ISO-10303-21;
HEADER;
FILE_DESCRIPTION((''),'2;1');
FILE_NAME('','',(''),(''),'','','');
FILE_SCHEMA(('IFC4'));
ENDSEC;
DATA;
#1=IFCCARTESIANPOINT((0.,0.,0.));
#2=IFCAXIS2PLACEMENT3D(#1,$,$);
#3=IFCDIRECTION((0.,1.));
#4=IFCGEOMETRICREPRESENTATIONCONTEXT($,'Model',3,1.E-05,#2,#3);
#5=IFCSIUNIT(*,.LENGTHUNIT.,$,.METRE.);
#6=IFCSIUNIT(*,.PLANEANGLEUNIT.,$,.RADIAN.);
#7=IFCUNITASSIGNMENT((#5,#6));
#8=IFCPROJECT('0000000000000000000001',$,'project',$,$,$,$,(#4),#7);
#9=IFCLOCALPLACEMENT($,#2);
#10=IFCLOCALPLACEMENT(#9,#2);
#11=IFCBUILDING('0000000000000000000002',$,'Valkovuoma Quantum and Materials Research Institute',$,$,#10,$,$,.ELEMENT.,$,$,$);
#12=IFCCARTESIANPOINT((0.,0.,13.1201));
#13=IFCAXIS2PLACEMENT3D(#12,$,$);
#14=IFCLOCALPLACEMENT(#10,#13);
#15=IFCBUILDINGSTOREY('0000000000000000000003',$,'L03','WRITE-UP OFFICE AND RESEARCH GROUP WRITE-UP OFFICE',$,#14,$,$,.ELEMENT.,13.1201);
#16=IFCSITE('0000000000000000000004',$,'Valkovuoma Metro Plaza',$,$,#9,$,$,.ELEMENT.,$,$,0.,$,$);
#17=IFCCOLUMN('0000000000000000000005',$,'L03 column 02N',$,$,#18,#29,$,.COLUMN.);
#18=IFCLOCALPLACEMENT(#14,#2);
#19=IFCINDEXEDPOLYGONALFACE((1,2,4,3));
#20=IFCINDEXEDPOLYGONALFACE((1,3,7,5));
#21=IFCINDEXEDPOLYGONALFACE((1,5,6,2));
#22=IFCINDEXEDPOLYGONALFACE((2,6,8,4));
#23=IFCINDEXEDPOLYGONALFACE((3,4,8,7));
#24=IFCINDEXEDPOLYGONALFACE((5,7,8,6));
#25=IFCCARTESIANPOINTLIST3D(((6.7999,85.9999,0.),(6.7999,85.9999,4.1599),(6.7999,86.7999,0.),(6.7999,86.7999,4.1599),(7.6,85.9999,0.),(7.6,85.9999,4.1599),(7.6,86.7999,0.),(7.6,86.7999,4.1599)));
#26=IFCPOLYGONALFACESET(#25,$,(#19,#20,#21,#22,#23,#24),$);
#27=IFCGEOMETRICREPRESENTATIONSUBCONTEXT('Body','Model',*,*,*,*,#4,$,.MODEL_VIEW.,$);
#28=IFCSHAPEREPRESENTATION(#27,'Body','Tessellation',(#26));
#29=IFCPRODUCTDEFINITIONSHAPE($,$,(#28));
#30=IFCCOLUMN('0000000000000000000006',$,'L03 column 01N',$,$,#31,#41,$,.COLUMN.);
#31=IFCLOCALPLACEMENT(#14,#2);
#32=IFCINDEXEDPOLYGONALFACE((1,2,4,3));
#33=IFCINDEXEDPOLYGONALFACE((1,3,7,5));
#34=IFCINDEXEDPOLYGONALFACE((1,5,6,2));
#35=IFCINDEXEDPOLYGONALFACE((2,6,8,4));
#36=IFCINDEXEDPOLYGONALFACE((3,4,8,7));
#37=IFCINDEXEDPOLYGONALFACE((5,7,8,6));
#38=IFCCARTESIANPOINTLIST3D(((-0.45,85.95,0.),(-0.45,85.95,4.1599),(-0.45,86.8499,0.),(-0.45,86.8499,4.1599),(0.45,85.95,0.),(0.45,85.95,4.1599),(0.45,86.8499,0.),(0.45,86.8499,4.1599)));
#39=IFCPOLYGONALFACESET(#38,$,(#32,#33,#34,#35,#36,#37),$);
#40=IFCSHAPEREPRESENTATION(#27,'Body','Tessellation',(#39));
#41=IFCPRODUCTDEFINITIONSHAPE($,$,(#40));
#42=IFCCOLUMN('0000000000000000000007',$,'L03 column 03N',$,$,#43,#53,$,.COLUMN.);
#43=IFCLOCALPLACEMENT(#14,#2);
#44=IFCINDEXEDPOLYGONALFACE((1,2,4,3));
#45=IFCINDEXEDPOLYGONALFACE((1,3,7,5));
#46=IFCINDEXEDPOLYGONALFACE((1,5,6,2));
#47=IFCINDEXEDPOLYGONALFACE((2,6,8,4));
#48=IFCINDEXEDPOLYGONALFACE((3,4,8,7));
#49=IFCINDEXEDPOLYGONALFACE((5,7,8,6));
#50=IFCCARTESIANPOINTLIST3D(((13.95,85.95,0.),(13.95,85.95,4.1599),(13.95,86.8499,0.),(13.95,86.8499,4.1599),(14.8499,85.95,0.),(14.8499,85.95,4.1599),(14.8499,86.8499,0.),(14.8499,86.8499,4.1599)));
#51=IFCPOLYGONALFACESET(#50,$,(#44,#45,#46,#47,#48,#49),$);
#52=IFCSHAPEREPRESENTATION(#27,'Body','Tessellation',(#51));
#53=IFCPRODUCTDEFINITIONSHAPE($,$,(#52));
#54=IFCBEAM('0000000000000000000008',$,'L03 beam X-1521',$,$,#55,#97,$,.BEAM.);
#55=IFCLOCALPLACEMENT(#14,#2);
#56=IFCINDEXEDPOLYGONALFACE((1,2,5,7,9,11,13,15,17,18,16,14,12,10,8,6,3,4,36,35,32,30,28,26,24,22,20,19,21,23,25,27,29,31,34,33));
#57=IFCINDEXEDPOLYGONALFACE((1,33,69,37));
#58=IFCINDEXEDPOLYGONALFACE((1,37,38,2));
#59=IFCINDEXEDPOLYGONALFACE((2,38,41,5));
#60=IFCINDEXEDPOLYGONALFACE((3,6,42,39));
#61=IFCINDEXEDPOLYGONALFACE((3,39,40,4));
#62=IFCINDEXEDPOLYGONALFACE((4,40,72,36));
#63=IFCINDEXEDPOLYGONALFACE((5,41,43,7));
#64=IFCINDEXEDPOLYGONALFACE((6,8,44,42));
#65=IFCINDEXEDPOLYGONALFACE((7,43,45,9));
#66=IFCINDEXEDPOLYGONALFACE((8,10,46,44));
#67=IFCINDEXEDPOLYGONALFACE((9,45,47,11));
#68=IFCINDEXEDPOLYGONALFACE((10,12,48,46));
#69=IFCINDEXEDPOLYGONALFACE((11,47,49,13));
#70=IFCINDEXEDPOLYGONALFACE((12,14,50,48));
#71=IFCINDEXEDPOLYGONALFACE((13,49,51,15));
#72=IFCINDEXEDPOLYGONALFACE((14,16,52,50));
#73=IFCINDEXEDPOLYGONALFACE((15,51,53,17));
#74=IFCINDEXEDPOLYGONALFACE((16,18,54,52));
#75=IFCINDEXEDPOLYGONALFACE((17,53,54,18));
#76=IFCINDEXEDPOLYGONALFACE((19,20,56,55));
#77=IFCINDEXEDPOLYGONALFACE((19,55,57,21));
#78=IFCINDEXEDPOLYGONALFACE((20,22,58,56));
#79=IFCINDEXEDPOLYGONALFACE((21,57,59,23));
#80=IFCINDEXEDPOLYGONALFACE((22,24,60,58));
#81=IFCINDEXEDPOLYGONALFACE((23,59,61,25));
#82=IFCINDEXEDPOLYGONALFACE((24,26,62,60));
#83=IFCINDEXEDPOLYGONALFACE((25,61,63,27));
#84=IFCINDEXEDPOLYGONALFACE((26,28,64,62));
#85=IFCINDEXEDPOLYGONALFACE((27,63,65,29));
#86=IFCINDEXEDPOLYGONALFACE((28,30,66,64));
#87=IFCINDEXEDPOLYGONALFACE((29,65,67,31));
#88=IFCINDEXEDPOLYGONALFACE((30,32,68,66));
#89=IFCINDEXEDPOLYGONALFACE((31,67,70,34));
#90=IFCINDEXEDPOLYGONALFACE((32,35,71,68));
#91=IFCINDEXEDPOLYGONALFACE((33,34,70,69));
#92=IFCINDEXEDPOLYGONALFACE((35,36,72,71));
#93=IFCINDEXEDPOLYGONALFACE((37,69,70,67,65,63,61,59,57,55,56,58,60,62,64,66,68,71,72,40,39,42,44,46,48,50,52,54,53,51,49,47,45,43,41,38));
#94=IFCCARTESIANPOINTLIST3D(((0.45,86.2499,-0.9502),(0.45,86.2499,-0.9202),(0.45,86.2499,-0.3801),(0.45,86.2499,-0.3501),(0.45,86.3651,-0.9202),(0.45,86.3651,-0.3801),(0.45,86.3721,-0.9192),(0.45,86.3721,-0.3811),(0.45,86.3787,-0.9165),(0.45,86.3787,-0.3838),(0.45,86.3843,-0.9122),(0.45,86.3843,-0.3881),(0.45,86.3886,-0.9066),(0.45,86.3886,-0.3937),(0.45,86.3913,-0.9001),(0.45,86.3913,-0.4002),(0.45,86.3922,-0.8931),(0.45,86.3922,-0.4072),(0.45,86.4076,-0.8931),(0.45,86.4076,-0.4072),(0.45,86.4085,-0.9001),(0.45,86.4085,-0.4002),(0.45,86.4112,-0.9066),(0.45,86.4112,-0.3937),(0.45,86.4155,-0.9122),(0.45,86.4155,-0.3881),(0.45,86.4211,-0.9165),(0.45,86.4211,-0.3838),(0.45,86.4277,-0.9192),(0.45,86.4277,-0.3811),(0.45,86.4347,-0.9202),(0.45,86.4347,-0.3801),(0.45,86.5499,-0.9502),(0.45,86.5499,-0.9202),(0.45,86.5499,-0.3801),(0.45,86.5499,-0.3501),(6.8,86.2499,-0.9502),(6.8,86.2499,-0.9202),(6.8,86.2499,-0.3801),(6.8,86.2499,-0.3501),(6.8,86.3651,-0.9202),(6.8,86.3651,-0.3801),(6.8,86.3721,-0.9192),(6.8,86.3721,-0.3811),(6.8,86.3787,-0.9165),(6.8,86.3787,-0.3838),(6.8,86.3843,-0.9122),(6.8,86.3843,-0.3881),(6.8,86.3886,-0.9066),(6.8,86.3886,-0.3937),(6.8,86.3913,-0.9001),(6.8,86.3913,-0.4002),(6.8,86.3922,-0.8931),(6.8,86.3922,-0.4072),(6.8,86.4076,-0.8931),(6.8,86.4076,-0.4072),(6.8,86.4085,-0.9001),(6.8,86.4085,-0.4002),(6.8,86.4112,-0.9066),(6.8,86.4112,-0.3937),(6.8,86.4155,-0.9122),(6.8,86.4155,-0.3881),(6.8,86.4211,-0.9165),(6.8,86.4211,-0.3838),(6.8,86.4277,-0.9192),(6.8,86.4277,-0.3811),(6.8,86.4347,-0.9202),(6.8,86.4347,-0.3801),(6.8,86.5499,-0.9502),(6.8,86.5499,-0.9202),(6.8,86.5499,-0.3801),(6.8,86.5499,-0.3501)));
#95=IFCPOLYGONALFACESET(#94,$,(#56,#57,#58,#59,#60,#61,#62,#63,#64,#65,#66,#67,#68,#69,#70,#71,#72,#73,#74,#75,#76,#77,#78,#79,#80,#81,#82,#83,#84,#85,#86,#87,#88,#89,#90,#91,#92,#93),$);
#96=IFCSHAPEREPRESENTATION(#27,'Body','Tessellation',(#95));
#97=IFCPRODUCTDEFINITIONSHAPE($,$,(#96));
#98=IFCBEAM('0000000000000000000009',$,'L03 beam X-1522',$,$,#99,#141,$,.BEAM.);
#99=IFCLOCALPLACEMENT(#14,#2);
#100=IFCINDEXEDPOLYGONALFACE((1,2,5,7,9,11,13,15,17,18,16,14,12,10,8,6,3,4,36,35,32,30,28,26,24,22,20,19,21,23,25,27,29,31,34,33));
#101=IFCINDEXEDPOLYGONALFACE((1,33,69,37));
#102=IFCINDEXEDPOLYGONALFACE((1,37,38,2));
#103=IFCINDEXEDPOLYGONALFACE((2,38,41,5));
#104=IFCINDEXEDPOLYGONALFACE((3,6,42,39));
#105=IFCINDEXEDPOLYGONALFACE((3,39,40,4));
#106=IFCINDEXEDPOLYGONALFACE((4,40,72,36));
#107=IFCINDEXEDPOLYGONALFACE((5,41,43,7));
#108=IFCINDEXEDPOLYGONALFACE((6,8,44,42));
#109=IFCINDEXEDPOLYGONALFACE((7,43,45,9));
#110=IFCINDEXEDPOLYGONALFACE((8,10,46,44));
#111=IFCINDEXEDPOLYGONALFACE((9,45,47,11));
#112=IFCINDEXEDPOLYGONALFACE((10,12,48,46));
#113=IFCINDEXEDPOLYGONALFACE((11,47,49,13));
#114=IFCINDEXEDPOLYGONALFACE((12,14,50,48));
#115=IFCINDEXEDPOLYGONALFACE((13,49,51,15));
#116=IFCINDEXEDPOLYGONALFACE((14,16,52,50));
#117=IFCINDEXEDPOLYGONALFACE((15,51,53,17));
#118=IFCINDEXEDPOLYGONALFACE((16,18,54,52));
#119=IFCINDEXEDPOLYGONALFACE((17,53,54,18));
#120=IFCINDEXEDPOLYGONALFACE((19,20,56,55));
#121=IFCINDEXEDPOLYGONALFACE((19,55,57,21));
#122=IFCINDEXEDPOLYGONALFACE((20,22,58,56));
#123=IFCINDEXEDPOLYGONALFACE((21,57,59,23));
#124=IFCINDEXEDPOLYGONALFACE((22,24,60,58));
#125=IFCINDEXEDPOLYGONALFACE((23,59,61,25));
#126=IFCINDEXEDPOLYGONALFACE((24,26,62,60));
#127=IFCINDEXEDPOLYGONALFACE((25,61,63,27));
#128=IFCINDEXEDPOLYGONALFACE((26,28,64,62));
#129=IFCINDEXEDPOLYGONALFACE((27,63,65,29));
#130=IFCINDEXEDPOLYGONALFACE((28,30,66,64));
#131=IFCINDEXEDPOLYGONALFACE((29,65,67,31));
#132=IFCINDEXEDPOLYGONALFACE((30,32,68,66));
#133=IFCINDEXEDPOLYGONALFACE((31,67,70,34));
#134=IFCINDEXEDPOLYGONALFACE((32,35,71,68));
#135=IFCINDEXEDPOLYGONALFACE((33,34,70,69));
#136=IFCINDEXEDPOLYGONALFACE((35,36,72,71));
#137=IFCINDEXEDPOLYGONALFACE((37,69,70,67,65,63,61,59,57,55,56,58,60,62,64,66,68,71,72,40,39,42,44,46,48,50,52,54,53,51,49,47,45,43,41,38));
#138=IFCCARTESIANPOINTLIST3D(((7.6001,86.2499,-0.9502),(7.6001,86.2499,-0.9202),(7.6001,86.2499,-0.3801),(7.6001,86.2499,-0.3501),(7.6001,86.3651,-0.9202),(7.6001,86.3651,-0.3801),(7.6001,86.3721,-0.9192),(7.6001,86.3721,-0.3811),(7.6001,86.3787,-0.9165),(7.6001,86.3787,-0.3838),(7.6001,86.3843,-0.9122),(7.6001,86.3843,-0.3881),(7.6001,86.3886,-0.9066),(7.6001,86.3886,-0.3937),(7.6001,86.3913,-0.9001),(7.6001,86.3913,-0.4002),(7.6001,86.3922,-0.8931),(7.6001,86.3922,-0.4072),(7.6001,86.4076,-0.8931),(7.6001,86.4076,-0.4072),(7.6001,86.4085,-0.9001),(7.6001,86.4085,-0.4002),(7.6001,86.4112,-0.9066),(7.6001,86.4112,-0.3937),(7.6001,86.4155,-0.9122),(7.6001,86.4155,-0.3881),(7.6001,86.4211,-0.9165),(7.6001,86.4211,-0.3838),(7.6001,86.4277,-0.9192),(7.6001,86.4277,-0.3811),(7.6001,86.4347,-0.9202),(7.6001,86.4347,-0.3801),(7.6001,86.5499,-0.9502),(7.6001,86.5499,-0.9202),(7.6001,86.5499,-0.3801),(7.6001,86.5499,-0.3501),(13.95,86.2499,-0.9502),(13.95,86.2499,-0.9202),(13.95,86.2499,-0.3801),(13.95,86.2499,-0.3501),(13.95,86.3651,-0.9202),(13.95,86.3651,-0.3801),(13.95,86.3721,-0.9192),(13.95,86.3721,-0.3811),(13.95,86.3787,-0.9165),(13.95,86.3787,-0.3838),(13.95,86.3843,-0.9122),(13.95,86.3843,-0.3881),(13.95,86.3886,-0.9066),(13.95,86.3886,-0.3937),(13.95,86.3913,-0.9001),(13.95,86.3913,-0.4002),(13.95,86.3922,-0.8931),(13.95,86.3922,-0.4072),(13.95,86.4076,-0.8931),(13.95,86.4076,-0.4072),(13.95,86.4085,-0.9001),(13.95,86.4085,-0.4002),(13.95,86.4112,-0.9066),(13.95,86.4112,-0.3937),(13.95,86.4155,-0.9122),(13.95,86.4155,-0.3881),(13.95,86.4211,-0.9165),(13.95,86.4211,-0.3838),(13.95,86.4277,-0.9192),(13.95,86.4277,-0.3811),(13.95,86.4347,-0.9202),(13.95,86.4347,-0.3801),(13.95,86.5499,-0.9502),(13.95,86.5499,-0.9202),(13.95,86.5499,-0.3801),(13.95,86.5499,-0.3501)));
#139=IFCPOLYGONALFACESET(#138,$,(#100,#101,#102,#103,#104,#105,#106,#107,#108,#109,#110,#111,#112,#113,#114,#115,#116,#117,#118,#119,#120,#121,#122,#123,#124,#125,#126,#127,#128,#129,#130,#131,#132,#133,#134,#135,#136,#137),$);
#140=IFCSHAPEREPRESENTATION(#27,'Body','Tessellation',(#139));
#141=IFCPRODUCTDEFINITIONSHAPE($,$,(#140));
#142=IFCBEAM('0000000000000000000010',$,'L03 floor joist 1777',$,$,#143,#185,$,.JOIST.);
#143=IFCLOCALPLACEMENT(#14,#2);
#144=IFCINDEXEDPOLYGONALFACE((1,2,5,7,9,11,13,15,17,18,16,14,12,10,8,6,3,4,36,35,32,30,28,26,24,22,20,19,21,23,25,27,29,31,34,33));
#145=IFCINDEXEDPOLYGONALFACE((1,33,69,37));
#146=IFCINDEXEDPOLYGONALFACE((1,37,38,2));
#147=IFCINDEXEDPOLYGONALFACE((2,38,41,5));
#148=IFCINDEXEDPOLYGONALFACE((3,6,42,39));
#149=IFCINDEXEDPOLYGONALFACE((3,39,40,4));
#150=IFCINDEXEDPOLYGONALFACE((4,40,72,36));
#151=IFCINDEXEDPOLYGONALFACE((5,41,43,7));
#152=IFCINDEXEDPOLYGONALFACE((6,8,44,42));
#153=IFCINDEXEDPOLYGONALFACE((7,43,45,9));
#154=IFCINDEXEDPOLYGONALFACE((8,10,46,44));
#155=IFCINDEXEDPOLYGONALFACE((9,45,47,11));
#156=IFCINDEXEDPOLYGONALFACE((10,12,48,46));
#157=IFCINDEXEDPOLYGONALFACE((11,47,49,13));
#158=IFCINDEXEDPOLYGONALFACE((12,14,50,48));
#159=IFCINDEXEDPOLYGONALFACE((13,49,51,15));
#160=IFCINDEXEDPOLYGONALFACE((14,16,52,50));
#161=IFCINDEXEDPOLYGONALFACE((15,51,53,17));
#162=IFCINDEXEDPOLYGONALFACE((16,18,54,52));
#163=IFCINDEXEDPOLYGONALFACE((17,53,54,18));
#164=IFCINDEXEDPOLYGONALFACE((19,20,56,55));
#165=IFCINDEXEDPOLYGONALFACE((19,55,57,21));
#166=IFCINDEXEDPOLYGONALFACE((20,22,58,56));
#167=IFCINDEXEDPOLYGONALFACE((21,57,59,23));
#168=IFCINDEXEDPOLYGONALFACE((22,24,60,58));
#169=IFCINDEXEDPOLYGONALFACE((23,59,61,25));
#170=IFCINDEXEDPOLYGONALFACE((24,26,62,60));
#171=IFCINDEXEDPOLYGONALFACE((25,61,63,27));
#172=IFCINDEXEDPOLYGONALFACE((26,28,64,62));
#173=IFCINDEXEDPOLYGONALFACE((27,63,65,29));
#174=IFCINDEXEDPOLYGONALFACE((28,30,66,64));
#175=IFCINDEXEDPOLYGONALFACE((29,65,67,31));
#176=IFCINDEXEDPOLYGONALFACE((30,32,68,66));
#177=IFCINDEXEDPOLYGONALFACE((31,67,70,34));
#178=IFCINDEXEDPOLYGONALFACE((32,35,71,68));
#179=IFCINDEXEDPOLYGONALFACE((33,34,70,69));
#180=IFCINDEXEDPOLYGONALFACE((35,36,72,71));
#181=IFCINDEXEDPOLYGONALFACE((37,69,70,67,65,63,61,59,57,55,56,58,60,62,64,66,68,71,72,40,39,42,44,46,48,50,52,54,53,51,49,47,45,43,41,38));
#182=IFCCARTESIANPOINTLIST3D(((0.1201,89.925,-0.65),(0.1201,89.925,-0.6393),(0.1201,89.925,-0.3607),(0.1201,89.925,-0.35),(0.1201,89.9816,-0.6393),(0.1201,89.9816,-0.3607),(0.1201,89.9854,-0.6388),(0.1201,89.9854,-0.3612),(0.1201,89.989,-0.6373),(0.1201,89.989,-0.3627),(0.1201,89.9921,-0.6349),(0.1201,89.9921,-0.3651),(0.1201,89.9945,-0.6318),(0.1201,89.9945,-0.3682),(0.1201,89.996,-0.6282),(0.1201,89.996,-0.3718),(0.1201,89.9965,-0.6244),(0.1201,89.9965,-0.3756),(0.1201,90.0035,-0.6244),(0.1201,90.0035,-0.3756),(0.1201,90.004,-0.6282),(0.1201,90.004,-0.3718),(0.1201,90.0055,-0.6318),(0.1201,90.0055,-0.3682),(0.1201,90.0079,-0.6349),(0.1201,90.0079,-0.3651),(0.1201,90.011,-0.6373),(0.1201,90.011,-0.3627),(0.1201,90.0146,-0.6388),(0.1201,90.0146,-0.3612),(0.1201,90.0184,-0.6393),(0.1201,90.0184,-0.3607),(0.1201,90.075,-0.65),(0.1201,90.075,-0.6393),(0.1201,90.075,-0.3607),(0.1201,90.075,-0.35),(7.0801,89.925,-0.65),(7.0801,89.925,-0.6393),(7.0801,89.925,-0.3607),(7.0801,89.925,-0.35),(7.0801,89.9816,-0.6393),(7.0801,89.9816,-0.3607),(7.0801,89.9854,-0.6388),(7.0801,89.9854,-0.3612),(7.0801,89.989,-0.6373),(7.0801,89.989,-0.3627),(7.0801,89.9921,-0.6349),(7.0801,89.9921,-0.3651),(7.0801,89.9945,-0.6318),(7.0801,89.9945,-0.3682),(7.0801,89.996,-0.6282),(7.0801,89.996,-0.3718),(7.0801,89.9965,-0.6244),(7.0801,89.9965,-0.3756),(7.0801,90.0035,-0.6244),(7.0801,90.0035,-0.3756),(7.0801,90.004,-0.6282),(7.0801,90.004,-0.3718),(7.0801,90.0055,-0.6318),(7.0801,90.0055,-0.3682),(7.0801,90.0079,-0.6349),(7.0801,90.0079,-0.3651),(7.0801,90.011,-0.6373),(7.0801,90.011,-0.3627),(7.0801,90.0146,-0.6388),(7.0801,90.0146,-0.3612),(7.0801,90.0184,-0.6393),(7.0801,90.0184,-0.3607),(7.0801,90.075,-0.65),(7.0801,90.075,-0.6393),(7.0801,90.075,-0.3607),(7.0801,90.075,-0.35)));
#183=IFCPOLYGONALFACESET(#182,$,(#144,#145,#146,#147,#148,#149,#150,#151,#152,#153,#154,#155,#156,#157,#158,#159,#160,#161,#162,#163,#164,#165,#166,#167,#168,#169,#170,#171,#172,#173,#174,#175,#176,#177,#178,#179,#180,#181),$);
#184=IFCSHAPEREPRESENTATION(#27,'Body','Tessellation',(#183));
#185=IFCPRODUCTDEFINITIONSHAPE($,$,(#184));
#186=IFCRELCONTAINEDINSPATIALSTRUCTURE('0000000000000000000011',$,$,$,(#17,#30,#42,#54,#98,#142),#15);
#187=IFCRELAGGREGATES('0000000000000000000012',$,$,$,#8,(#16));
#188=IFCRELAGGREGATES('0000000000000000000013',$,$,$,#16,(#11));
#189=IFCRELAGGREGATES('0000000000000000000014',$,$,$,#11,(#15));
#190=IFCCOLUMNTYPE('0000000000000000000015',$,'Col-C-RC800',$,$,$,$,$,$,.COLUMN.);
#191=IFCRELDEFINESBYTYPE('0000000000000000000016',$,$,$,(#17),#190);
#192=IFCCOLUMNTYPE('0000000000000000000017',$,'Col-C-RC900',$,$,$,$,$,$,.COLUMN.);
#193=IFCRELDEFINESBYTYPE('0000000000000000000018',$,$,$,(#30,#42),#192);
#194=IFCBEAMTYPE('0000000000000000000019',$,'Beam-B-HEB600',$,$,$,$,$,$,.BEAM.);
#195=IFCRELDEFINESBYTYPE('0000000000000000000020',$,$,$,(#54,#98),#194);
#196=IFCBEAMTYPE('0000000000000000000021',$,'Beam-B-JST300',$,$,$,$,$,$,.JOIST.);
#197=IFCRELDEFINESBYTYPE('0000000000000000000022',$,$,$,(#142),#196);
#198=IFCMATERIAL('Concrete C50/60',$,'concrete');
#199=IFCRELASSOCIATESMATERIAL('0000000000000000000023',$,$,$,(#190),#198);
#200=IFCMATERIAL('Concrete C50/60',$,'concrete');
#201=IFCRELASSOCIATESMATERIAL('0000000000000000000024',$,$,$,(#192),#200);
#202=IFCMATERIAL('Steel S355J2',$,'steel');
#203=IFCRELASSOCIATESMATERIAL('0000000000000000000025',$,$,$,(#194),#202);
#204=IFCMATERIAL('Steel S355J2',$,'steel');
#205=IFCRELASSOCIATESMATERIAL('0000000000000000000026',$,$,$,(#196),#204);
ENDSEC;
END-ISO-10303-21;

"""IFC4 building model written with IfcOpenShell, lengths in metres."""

from ifc_helpers import new_model, si_unit, direction, frame, origin, origin_2d, place, context, subcontext, project, spatial, rectangle, i_section, extrude, material, material_profile, profile_set, type_object, element, save


model = new_model("IFC4")

# Units and contexts
model_context = context("Model", 3, precision=1e-05, world=origin(), true_north=direction((0.0, 1.0)))
body_context = subcontext(model_context, "Body", "Model", "MODEL_VIEW")
ifc_project = project(units=[si_unit("LENGTHUNIT", "METRE"), si_unit("PLANEANGLEUNIT", "RADIAN")], contexts=[model_context])

# Site, building, storey
site_placement = place(None, origin())
site = spatial("IfcSite", under=ifc_project, at=site_placement, Name="Valkovuoma Metro Plaza", CompositionType="ELEMENT", RefElevation=0.0)
building_placement = place(site_placement, origin())
building = spatial("IfcBuilding", under=site, at=building_placement, Name="Valkovuoma Quantum and Materials Research Institute", CompositionType="ELEMENT")
storey_placement = place(building_placement, frame((0.0, 0.0, 13.1201)))
storey = spatial("IfcBuildingStorey", under=building, at=storey_placement, Name="L03", Description="WRITE-UP OFFICE AND RESEARCH GROUP WRITE-UP OFFICE", CompositionType="ELEMENT", Elevation=13.1201)

# Columns
ifc_material_1 = material(Name="Concrete C50/60", Category="concrete")
ifc_material_profile_1 = material_profile(ifc_material_1, rectangle(XDim=0.8, YDim=0.8, at=origin_2d()), Name="Concrete C50/60")
ifc_profile_set_1 = profile_set([ifc_material_profile_1], Name="Concrete C50/60")
column_type_1 = type_object("IfcColumnType", Name="Col-C-RC800", PredefinedType="COLUMN", material=ifc_profile_set_1)
column_placement = place(storey_placement, frame((7.2, 86.3999, 0.0), z_axis=(0.0, 0.0, 1.0), x_axis=(1.0, 0.0, 0.0)))
element("IfcColumn", 1, at=column_placement, inside=storey, type_object=column_type_1, Name="L03 column 02N", PredefinedType="COLUMN", context=body_context, shape_type="SweptSolid", body=[
    extrude(rectangle(XDim=0.8, YDim=0.8, at=origin_2d()), origin(), (0.0, 0.0, 1.0), 4.1599),
])
ifc_material_2 = material(Name="Concrete C50/60", Category="concrete")
ifc_material_profile_2 = material_profile(ifc_material_2, rectangle(XDim=0.8999, YDim=0.8999, at=origin_2d()), Name="Concrete C50/60")
ifc_profile_set_2 = profile_set([ifc_material_profile_2], Name="Concrete C50/60")
column_type_2 = type_object("IfcColumnType", Name="Col-C-RC900", PredefinedType="COLUMN", material=ifc_profile_set_2)
for number, where, z_axis, x_axis, name in (
    (2, (0.0, 86.3999, 0.0), (0.0, 0.0, 1.0), (1.0, 0.0, 0.0), "L03 column 01N"),
    (3, (14.3999, 86.3999, 0.0), (0.0, 0.0, 1.0), (1.0, 0.0, 0.0), "L03 column 03N"),
):
    element("IfcColumn", number, at=place(storey_placement, frame(where, z_axis=z_axis, x_axis=x_axis)), inside=storey, type_object=column_type_2, Name=name, PredefinedType="COLUMN", context=body_context, shape_type="SweptSolid", body=[
        extrude(rectangle(XDim=0.8999, YDim=0.8999, at=origin_2d()), origin(), (0.0, 0.0, 1.0), 4.1599),
    ])

# Beams
ifc_material_3 = material(Name="Steel S355J2", Category="steel")
ifc_material_profile_3 = material_profile(ifc_material_3, i_section(OverallWidth=0.3, OverallDepth=0.6001, WebThickness=0.0154, FlangeThickness=0.03, FilletRadius=0.0271, at=origin_2d()), Name="Steel S355J2")
ifc_profile_set_3 = profile_set([ifc_material_profile_3], Name="Steel S355J2")
beam_type_1 = type_object("IfcBeamType", Name="Beam-B-HEB600", PredefinedType="BEAM", material=ifc_profile_set_3)
beam_1_placement = place(storey_placement, frame((0.45, 86.3999, -0.6501), z_axis=(1.0, 0.0, 0.0), x_axis=(0.0, 1.0, 0.0)))
element("IfcBeam", 4, at=beam_1_placement, inside=storey, type_object=beam_type_1, Name="L03 beam X-1521", PredefinedType="BEAM", context=body_context, shape_type="SweptSolid", body=[
    extrude(i_section(OverallWidth=0.3, OverallDepth=0.6001, WebThickness=0.0154, FlangeThickness=0.03, FilletRadius=0.0271, at=origin_2d()), origin(), (0.0, 0.0, 1.0), 6.3501),
])
beam_2_placement = place(storey_placement, frame((7.6001, 86.3999, -0.6501), z_axis=(1.0, 0.0, 0.0), x_axis=(0.0, 1.0, 0.0)))
element("IfcBeam", 5, at=beam_2_placement, inside=storey, type_object=beam_type_1, Name="L03 beam X-1522", PredefinedType="BEAM", context=body_context, shape_type="SweptSolid", body=[
    extrude(i_section(OverallWidth=0.3, OverallDepth=0.6001, WebThickness=0.0154, FlangeThickness=0.03, FilletRadius=0.0271, at=origin_2d()), origin(), (0.0, 0.0, 1.0), 6.3499),
])
ifc_material_4 = material(Name="Steel S355J2", Category="steel")
ifc_material_profile_4 = material_profile(ifc_material_4, i_section(OverallWidth=0.1499, OverallDepth=0.3, WebThickness=0.0071, FlangeThickness=0.0107, FilletRadius=0.0149, at=origin_2d()), Name="Steel S355J2")
ifc_profile_set_4 = profile_set([ifc_material_profile_4], Name="Steel S355J2")
beam_type_2 = type_object("IfcBeamType", Name="Beam-B-JST300", PredefinedType="JOIST", material=ifc_profile_set_4)
beam_3_placement = place(storey_placement, frame((0.1201, 90.0, -0.5), z_axis=(1.0, 0.0, 0.0), x_axis=(0.0, 1.0, 0.0)))
element("IfcBeam", 6, at=beam_3_placement, inside=storey, type_object=beam_type_2, Name="L03 floor joist 1777", PredefinedType="JOIST", context=body_context, shape_type="SweptSolid", body=[
    extrude(i_section(OverallWidth=0.1499, OverallDepth=0.3, WebThickness=0.0071, FlangeThickness=0.0107, FilletRadius=0.0149, at=origin_2d()), origin(), (0.0, 0.0, 1.0), 6.96),
])

save(model, "model.ifc")
